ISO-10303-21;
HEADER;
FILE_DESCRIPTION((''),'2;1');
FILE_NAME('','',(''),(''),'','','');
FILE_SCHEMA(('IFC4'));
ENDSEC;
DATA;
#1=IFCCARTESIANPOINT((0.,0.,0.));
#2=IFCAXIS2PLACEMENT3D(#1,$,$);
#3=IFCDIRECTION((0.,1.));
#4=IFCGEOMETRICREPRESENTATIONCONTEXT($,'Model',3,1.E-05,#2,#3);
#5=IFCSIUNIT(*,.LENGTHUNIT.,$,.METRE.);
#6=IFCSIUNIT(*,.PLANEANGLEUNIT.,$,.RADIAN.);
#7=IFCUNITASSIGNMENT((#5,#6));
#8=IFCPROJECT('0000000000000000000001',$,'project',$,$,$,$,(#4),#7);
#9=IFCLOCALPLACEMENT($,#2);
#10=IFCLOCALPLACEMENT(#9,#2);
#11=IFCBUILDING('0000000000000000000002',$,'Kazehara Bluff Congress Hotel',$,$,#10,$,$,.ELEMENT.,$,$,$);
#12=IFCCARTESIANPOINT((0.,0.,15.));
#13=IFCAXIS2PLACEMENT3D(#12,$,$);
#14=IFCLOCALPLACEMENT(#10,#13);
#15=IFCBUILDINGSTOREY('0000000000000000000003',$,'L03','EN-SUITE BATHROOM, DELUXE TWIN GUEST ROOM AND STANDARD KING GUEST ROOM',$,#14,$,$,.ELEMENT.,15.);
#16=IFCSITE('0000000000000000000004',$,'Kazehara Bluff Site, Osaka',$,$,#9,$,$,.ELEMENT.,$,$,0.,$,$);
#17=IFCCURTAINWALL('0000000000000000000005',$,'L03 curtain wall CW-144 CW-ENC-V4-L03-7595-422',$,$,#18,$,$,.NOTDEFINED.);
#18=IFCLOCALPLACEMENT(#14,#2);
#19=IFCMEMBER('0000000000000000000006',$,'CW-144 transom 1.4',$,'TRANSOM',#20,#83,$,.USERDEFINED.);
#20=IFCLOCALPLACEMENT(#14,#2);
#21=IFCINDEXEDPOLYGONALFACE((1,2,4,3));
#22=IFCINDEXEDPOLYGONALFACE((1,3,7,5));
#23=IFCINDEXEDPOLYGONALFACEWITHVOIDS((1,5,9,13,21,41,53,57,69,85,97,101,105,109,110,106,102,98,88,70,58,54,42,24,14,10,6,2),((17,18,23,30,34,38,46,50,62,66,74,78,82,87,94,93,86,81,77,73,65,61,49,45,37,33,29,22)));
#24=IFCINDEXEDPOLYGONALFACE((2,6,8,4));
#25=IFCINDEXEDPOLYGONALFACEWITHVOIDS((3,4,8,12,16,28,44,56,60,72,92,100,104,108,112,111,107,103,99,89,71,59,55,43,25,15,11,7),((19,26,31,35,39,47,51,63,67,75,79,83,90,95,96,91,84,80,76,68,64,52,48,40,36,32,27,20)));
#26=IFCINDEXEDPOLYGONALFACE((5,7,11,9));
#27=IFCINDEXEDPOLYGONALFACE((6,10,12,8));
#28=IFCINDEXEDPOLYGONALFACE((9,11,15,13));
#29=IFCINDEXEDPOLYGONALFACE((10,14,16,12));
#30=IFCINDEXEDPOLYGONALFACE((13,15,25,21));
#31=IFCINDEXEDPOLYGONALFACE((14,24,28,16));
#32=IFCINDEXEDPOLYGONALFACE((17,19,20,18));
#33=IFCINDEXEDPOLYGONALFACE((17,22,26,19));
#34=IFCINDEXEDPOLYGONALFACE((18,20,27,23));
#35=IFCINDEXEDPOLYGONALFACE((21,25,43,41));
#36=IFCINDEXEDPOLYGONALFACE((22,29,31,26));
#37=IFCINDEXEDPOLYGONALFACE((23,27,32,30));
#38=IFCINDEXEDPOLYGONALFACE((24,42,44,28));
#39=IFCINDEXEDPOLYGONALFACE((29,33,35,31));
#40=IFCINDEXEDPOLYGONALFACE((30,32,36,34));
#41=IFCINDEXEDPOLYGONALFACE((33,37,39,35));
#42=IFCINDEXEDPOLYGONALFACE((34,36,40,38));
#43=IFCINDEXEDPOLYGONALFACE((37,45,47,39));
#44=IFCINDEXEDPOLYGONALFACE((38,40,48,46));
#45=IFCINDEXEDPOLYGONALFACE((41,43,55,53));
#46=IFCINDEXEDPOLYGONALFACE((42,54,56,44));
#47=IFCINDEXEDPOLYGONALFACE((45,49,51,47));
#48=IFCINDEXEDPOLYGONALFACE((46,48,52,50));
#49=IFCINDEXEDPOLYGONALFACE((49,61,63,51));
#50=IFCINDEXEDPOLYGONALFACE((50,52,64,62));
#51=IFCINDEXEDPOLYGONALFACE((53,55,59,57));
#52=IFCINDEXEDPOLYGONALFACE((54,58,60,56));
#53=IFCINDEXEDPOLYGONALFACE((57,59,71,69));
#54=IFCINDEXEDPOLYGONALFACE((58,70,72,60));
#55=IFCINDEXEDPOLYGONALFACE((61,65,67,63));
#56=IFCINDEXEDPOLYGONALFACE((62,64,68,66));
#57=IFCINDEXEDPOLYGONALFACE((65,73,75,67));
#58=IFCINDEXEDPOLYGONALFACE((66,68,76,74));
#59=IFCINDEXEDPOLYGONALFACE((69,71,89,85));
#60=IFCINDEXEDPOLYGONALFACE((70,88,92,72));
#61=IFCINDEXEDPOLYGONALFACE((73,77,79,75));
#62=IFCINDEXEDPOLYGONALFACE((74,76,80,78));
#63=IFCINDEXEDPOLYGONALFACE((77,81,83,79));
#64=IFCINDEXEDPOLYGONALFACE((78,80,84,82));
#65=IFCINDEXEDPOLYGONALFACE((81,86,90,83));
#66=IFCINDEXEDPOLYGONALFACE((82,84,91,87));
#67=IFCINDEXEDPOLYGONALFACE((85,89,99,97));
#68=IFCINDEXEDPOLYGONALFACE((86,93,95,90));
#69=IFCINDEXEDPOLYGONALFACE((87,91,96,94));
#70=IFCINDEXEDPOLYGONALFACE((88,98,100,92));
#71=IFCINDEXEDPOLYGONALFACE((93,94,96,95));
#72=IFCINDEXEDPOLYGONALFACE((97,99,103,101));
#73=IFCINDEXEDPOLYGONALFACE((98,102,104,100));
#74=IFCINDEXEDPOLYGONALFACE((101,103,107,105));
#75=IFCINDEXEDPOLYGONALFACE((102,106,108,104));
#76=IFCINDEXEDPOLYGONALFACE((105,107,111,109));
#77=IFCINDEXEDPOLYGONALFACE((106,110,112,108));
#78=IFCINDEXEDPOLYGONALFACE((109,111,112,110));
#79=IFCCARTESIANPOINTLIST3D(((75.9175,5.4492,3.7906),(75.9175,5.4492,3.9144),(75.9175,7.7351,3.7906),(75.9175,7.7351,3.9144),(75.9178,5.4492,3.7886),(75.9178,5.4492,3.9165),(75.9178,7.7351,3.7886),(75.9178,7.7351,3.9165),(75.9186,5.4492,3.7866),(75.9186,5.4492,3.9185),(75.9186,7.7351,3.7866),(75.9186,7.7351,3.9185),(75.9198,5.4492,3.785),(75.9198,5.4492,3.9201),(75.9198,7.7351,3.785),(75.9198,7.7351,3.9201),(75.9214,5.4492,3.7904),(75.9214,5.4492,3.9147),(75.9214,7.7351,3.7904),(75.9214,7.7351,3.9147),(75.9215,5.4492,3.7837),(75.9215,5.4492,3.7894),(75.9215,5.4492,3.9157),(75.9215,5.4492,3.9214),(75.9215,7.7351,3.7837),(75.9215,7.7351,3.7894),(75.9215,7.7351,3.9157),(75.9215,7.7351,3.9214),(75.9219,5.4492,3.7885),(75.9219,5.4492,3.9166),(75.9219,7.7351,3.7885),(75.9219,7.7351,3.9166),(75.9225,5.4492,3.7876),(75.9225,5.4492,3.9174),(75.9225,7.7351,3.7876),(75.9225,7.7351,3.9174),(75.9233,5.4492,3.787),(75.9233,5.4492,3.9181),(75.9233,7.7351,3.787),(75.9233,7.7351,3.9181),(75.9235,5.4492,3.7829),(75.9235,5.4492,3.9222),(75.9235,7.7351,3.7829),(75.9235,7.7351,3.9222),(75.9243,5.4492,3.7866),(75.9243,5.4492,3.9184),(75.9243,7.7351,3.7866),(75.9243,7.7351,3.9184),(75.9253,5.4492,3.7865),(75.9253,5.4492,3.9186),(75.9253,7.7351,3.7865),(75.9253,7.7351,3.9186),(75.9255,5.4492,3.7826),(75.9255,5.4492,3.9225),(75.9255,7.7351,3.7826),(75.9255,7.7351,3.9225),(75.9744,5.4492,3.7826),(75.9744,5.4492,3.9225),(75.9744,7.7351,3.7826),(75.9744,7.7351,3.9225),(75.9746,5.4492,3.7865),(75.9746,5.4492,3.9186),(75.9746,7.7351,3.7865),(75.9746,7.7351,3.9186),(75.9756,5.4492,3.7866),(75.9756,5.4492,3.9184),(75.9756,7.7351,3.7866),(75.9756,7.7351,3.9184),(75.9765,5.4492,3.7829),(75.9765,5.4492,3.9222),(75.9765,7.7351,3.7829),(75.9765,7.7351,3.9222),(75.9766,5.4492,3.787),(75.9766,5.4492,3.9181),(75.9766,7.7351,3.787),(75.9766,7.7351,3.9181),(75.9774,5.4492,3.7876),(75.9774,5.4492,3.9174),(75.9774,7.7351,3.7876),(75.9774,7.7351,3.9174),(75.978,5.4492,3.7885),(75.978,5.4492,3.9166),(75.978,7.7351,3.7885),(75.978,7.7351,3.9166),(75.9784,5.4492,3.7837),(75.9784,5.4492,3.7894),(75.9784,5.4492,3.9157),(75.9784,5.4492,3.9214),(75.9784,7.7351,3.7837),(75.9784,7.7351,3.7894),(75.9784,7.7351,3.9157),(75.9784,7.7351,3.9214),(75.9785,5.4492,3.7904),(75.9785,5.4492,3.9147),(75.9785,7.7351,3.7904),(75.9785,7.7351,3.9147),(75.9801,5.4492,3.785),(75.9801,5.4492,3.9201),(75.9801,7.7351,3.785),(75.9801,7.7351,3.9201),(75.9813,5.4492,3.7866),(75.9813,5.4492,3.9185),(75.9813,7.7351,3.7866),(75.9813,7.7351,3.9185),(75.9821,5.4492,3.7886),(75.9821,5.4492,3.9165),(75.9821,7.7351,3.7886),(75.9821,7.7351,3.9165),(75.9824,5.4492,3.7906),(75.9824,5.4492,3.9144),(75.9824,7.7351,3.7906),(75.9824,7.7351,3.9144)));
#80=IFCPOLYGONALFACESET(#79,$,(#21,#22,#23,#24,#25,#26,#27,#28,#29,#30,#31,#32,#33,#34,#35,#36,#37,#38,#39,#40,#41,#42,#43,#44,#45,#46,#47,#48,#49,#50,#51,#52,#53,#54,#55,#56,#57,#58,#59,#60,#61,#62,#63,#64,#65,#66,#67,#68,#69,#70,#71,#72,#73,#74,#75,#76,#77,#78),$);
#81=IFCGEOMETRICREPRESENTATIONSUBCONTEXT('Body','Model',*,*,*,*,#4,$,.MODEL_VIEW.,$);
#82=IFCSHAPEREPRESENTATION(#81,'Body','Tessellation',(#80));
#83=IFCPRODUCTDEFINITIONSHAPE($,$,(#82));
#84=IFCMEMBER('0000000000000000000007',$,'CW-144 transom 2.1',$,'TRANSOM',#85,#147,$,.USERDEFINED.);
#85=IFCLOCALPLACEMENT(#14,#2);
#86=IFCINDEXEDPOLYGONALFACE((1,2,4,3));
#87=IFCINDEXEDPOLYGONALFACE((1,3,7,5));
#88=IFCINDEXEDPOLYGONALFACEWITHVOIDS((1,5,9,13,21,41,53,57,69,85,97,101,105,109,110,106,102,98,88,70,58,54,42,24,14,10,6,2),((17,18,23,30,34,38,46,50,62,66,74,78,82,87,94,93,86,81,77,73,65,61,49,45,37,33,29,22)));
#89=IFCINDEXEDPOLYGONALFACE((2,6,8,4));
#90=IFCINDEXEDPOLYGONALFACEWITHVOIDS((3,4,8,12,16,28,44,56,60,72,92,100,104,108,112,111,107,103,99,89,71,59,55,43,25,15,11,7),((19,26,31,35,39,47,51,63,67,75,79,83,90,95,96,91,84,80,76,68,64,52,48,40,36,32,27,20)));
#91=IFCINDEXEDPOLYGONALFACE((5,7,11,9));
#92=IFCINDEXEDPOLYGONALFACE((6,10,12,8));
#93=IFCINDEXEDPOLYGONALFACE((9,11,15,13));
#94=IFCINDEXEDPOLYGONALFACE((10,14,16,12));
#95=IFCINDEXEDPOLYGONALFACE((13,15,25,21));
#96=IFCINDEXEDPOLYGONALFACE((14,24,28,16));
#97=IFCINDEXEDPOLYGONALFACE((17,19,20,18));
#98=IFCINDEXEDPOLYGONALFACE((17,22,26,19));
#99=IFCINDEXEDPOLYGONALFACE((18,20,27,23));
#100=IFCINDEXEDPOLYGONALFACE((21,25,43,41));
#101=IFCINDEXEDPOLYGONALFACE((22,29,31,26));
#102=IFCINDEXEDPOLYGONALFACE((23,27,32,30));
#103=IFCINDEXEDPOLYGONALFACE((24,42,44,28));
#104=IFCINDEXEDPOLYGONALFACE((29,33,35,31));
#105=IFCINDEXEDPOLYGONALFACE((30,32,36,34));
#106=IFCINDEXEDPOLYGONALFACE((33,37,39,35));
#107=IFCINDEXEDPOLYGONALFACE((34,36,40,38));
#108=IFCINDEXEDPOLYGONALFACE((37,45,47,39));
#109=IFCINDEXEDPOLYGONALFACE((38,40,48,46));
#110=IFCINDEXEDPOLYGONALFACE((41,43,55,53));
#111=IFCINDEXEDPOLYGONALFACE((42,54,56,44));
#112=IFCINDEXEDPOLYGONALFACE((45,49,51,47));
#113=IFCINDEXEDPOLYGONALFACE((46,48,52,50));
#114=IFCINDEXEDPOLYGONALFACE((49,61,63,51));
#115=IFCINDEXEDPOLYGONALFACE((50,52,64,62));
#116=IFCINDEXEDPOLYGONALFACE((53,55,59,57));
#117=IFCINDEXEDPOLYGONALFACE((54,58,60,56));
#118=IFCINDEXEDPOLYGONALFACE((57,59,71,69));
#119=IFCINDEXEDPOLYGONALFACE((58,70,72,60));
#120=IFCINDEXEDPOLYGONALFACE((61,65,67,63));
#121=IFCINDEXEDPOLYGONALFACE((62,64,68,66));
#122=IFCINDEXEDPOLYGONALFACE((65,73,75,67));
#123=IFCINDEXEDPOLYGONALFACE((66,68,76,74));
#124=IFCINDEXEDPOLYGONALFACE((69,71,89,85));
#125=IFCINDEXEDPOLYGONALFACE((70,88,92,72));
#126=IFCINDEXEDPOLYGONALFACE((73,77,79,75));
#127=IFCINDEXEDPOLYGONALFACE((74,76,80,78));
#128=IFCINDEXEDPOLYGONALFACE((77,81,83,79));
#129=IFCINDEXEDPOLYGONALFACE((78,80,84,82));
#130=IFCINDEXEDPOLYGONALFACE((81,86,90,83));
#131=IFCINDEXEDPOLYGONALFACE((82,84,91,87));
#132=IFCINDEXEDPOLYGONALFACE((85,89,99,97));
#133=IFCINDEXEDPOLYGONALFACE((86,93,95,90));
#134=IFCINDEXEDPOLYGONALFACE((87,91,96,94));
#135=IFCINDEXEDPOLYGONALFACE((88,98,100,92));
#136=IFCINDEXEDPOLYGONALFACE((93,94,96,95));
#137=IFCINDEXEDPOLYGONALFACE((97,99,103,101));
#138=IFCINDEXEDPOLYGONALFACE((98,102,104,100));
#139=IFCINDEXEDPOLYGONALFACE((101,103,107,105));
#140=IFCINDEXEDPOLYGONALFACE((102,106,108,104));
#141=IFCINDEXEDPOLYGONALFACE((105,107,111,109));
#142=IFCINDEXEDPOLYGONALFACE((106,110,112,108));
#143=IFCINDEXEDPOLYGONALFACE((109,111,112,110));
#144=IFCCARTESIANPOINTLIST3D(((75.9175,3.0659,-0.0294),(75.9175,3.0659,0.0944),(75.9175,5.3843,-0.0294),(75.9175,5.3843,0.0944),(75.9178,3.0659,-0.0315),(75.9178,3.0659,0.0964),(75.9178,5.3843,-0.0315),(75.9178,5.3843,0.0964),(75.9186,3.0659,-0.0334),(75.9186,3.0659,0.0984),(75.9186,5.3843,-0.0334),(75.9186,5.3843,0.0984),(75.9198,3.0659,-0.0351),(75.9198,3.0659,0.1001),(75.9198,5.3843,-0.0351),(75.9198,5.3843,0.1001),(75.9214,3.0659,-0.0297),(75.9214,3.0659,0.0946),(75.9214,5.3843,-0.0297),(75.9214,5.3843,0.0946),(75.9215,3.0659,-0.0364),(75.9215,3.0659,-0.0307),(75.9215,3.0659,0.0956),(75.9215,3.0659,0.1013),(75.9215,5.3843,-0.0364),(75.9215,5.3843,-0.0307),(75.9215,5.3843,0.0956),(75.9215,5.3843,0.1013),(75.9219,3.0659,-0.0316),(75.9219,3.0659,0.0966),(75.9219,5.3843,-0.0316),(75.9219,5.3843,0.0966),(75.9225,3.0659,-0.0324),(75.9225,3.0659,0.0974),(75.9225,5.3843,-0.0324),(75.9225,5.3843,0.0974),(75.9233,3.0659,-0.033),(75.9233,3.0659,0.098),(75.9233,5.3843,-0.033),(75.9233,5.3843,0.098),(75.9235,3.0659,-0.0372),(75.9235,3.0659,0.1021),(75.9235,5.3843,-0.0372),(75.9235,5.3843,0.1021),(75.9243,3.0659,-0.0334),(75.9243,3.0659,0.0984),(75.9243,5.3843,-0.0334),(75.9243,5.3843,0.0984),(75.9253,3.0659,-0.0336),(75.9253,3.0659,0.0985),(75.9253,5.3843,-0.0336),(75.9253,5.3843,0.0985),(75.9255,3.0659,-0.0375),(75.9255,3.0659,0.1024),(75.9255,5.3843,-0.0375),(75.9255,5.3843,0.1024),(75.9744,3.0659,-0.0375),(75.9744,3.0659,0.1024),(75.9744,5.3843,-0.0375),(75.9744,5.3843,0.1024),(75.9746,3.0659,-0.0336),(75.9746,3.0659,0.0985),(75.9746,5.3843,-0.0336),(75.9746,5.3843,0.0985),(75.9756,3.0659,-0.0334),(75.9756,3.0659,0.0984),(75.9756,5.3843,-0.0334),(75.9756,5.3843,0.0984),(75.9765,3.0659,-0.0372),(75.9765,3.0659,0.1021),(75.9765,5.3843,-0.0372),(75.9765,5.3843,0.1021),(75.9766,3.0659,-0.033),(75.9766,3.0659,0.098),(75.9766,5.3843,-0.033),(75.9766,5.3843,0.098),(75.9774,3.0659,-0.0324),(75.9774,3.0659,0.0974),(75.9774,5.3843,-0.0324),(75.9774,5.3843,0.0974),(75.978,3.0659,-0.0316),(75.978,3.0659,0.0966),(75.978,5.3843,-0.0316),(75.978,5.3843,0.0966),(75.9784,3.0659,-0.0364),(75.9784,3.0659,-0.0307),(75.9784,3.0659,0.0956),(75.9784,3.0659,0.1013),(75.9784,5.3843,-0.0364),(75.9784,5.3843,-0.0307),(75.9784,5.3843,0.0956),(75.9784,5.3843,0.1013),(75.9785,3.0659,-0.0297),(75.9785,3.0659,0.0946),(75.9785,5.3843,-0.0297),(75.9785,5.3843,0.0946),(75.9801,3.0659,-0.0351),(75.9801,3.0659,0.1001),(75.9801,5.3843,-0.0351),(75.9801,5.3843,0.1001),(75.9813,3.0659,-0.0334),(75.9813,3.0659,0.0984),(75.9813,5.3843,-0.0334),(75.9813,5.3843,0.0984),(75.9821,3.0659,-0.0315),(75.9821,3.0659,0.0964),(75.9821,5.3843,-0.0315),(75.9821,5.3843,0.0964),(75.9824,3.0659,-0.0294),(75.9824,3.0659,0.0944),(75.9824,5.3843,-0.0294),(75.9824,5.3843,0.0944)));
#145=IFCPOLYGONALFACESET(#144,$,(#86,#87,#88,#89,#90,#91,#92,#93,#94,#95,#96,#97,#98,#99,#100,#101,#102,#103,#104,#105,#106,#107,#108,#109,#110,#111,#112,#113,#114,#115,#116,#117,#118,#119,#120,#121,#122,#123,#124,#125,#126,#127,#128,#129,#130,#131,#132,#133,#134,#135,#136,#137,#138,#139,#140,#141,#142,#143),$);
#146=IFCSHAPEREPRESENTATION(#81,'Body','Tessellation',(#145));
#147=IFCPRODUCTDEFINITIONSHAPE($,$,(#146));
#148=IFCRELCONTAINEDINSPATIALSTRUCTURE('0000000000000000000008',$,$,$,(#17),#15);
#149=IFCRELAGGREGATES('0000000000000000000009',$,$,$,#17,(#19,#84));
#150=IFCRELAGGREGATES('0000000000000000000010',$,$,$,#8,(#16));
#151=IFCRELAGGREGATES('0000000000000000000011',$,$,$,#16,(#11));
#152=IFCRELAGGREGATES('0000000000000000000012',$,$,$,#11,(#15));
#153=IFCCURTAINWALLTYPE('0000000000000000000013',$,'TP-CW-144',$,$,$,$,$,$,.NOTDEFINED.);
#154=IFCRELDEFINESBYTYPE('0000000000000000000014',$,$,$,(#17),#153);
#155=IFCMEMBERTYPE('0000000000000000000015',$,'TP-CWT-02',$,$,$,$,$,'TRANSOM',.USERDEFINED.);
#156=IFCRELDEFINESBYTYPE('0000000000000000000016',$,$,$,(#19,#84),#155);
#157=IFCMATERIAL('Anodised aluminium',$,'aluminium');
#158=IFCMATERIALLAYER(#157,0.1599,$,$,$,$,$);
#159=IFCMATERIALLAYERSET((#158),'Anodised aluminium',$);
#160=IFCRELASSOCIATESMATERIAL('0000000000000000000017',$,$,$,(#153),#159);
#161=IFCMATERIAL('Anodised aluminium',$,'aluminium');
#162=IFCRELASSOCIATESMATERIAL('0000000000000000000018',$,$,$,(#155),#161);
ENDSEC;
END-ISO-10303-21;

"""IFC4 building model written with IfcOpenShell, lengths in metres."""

from ifc_helpers import new_model, si_unit, direction, frame, origin, origin_2d, place, context, subcontext, project, spatial, hollow_rectangle, extrude, material, layer, layer_set, material_profile, profile_set, type_object, element, aggregate, save


model = new_model("IFC4")

# Units and contexts
model_context = context("Model", 3, precision=1e-05, world=origin(), true_north=direction((0.0, 1.0)))
body_context = subcontext(model_context, "Body", "Model", "MODEL_VIEW")
ifc_project = project(units=[si_unit("LENGTHUNIT", "METRE"), si_unit("PLANEANGLEUNIT", "RADIAN")], contexts=[model_context])

# Site, building, storey
site_placement = place(None, origin())
site = spatial("IfcSite", under=ifc_project, at=site_placement, Name="Kazehara Bluff Site, Osaka", CompositionType="ELEMENT", RefElevation=0.0)
building_placement = place(site_placement, origin())
building = spatial("IfcBuilding", under=site, at=building_placement, Name="Kazehara Bluff Congress Hotel", CompositionType="ELEMENT")
storey_placement = place(building_placement, frame((0.0, 0.0, 15.0)))
storey = spatial("IfcBuildingStorey", under=building, at=storey_placement, Name="L03", Description="EN-SUITE BATHROOM, DELUXE TWIN GUEST ROOM AND STANDARD KING GUEST ROOM", CompositionType="ELEMENT", Elevation=15.0)

# Curtain wall
ifc_material_1 = material(Name="Anodised aluminium", Category="aluminium")
ifc_layer_1 = layer(ifc_material_1, 0.1599)
ifc_layer_set_1 = layer_set([ifc_layer_1], Name="Anodised aluminium")
curtain_wall_type_1 = type_object("IfcCurtainWallType", Name="TP-CW-144", PredefinedType="NOTDEFINED", material=ifc_layer_set_1)
curtain_wall_1_placement = place(storey_placement, origin())
curtain_wall_1 = element("IfcCurtainWall", 1, at=curtain_wall_1_placement, inside=storey, type_object=curtain_wall_type_1, Name="L03 curtain wall CW-144 CW-ENC-V4-L03-7595-422", PredefinedType="NOTDEFINED")

# Members
ifc_material_2 = material(Name="Anodised aluminium", Category="aluminium")
ifc_material_profile_1 = material_profile(ifc_material_2, hollow_rectangle(XDim=0.0649, YDim=0.1399, WallThickness=0.0039, InnerFilletRadius=0.0039, OuterFilletRadius=0.0081, at=origin_2d()))
ifc_profile_set_1 = profile_set([ifc_material_profile_1], Name="Anodised aluminium")
member_type_1 = type_object("IfcMemberType", Name="TP-CWT-02", ElementType="TRANSOM", PredefinedType="USERDEFINED", material=ifc_profile_set_1)
member_1_placement = place(storey_placement, frame((75.95, 7.7351, 3.8525), z_axis=(0.0, -1.0, 0.0), x_axis=(1.0, 0.0, 0.0)))
member_1 = element("IfcMember", 2, at=member_1_placement, type_object=member_type_1, Name="CW-144 transom 1.4", ObjectType="TRANSOM", PredefinedType="USERDEFINED", context=body_context, shape_type="SweptSolid", body=[
    extrude(hollow_rectangle(XDim=0.0649, YDim=0.1399, WallThickness=0.0039, InnerFilletRadius=0.0039, OuterFilletRadius=0.0081, at=origin_2d()), origin(), (0.0, 0.0, 1.0), 2.2859),
])
member_2_placement = place(storey_placement, frame((75.95, 5.3843, 0.0325), z_axis=(0.0, -1.0, 0.0), x_axis=(1.0, 0.0, 0.0)))
member_2 = element("IfcMember", 3, at=member_2_placement, type_object=member_type_1, Name="CW-144 transom 2.1", ObjectType="TRANSOM", PredefinedType="USERDEFINED", context=body_context, shape_type="SweptSolid", body=[
    extrude(hollow_rectangle(XDim=0.0649, YDim=0.1399, WallThickness=0.0039, InnerFilletRadius=0.0039, OuterFilletRadius=0.0081, at=origin_2d()), origin(), (0.0, 0.0, 1.0), 2.3184),
])

aggregate(curtain_wall_1, [member_1, member_2])

save(model, "model.ifc")
